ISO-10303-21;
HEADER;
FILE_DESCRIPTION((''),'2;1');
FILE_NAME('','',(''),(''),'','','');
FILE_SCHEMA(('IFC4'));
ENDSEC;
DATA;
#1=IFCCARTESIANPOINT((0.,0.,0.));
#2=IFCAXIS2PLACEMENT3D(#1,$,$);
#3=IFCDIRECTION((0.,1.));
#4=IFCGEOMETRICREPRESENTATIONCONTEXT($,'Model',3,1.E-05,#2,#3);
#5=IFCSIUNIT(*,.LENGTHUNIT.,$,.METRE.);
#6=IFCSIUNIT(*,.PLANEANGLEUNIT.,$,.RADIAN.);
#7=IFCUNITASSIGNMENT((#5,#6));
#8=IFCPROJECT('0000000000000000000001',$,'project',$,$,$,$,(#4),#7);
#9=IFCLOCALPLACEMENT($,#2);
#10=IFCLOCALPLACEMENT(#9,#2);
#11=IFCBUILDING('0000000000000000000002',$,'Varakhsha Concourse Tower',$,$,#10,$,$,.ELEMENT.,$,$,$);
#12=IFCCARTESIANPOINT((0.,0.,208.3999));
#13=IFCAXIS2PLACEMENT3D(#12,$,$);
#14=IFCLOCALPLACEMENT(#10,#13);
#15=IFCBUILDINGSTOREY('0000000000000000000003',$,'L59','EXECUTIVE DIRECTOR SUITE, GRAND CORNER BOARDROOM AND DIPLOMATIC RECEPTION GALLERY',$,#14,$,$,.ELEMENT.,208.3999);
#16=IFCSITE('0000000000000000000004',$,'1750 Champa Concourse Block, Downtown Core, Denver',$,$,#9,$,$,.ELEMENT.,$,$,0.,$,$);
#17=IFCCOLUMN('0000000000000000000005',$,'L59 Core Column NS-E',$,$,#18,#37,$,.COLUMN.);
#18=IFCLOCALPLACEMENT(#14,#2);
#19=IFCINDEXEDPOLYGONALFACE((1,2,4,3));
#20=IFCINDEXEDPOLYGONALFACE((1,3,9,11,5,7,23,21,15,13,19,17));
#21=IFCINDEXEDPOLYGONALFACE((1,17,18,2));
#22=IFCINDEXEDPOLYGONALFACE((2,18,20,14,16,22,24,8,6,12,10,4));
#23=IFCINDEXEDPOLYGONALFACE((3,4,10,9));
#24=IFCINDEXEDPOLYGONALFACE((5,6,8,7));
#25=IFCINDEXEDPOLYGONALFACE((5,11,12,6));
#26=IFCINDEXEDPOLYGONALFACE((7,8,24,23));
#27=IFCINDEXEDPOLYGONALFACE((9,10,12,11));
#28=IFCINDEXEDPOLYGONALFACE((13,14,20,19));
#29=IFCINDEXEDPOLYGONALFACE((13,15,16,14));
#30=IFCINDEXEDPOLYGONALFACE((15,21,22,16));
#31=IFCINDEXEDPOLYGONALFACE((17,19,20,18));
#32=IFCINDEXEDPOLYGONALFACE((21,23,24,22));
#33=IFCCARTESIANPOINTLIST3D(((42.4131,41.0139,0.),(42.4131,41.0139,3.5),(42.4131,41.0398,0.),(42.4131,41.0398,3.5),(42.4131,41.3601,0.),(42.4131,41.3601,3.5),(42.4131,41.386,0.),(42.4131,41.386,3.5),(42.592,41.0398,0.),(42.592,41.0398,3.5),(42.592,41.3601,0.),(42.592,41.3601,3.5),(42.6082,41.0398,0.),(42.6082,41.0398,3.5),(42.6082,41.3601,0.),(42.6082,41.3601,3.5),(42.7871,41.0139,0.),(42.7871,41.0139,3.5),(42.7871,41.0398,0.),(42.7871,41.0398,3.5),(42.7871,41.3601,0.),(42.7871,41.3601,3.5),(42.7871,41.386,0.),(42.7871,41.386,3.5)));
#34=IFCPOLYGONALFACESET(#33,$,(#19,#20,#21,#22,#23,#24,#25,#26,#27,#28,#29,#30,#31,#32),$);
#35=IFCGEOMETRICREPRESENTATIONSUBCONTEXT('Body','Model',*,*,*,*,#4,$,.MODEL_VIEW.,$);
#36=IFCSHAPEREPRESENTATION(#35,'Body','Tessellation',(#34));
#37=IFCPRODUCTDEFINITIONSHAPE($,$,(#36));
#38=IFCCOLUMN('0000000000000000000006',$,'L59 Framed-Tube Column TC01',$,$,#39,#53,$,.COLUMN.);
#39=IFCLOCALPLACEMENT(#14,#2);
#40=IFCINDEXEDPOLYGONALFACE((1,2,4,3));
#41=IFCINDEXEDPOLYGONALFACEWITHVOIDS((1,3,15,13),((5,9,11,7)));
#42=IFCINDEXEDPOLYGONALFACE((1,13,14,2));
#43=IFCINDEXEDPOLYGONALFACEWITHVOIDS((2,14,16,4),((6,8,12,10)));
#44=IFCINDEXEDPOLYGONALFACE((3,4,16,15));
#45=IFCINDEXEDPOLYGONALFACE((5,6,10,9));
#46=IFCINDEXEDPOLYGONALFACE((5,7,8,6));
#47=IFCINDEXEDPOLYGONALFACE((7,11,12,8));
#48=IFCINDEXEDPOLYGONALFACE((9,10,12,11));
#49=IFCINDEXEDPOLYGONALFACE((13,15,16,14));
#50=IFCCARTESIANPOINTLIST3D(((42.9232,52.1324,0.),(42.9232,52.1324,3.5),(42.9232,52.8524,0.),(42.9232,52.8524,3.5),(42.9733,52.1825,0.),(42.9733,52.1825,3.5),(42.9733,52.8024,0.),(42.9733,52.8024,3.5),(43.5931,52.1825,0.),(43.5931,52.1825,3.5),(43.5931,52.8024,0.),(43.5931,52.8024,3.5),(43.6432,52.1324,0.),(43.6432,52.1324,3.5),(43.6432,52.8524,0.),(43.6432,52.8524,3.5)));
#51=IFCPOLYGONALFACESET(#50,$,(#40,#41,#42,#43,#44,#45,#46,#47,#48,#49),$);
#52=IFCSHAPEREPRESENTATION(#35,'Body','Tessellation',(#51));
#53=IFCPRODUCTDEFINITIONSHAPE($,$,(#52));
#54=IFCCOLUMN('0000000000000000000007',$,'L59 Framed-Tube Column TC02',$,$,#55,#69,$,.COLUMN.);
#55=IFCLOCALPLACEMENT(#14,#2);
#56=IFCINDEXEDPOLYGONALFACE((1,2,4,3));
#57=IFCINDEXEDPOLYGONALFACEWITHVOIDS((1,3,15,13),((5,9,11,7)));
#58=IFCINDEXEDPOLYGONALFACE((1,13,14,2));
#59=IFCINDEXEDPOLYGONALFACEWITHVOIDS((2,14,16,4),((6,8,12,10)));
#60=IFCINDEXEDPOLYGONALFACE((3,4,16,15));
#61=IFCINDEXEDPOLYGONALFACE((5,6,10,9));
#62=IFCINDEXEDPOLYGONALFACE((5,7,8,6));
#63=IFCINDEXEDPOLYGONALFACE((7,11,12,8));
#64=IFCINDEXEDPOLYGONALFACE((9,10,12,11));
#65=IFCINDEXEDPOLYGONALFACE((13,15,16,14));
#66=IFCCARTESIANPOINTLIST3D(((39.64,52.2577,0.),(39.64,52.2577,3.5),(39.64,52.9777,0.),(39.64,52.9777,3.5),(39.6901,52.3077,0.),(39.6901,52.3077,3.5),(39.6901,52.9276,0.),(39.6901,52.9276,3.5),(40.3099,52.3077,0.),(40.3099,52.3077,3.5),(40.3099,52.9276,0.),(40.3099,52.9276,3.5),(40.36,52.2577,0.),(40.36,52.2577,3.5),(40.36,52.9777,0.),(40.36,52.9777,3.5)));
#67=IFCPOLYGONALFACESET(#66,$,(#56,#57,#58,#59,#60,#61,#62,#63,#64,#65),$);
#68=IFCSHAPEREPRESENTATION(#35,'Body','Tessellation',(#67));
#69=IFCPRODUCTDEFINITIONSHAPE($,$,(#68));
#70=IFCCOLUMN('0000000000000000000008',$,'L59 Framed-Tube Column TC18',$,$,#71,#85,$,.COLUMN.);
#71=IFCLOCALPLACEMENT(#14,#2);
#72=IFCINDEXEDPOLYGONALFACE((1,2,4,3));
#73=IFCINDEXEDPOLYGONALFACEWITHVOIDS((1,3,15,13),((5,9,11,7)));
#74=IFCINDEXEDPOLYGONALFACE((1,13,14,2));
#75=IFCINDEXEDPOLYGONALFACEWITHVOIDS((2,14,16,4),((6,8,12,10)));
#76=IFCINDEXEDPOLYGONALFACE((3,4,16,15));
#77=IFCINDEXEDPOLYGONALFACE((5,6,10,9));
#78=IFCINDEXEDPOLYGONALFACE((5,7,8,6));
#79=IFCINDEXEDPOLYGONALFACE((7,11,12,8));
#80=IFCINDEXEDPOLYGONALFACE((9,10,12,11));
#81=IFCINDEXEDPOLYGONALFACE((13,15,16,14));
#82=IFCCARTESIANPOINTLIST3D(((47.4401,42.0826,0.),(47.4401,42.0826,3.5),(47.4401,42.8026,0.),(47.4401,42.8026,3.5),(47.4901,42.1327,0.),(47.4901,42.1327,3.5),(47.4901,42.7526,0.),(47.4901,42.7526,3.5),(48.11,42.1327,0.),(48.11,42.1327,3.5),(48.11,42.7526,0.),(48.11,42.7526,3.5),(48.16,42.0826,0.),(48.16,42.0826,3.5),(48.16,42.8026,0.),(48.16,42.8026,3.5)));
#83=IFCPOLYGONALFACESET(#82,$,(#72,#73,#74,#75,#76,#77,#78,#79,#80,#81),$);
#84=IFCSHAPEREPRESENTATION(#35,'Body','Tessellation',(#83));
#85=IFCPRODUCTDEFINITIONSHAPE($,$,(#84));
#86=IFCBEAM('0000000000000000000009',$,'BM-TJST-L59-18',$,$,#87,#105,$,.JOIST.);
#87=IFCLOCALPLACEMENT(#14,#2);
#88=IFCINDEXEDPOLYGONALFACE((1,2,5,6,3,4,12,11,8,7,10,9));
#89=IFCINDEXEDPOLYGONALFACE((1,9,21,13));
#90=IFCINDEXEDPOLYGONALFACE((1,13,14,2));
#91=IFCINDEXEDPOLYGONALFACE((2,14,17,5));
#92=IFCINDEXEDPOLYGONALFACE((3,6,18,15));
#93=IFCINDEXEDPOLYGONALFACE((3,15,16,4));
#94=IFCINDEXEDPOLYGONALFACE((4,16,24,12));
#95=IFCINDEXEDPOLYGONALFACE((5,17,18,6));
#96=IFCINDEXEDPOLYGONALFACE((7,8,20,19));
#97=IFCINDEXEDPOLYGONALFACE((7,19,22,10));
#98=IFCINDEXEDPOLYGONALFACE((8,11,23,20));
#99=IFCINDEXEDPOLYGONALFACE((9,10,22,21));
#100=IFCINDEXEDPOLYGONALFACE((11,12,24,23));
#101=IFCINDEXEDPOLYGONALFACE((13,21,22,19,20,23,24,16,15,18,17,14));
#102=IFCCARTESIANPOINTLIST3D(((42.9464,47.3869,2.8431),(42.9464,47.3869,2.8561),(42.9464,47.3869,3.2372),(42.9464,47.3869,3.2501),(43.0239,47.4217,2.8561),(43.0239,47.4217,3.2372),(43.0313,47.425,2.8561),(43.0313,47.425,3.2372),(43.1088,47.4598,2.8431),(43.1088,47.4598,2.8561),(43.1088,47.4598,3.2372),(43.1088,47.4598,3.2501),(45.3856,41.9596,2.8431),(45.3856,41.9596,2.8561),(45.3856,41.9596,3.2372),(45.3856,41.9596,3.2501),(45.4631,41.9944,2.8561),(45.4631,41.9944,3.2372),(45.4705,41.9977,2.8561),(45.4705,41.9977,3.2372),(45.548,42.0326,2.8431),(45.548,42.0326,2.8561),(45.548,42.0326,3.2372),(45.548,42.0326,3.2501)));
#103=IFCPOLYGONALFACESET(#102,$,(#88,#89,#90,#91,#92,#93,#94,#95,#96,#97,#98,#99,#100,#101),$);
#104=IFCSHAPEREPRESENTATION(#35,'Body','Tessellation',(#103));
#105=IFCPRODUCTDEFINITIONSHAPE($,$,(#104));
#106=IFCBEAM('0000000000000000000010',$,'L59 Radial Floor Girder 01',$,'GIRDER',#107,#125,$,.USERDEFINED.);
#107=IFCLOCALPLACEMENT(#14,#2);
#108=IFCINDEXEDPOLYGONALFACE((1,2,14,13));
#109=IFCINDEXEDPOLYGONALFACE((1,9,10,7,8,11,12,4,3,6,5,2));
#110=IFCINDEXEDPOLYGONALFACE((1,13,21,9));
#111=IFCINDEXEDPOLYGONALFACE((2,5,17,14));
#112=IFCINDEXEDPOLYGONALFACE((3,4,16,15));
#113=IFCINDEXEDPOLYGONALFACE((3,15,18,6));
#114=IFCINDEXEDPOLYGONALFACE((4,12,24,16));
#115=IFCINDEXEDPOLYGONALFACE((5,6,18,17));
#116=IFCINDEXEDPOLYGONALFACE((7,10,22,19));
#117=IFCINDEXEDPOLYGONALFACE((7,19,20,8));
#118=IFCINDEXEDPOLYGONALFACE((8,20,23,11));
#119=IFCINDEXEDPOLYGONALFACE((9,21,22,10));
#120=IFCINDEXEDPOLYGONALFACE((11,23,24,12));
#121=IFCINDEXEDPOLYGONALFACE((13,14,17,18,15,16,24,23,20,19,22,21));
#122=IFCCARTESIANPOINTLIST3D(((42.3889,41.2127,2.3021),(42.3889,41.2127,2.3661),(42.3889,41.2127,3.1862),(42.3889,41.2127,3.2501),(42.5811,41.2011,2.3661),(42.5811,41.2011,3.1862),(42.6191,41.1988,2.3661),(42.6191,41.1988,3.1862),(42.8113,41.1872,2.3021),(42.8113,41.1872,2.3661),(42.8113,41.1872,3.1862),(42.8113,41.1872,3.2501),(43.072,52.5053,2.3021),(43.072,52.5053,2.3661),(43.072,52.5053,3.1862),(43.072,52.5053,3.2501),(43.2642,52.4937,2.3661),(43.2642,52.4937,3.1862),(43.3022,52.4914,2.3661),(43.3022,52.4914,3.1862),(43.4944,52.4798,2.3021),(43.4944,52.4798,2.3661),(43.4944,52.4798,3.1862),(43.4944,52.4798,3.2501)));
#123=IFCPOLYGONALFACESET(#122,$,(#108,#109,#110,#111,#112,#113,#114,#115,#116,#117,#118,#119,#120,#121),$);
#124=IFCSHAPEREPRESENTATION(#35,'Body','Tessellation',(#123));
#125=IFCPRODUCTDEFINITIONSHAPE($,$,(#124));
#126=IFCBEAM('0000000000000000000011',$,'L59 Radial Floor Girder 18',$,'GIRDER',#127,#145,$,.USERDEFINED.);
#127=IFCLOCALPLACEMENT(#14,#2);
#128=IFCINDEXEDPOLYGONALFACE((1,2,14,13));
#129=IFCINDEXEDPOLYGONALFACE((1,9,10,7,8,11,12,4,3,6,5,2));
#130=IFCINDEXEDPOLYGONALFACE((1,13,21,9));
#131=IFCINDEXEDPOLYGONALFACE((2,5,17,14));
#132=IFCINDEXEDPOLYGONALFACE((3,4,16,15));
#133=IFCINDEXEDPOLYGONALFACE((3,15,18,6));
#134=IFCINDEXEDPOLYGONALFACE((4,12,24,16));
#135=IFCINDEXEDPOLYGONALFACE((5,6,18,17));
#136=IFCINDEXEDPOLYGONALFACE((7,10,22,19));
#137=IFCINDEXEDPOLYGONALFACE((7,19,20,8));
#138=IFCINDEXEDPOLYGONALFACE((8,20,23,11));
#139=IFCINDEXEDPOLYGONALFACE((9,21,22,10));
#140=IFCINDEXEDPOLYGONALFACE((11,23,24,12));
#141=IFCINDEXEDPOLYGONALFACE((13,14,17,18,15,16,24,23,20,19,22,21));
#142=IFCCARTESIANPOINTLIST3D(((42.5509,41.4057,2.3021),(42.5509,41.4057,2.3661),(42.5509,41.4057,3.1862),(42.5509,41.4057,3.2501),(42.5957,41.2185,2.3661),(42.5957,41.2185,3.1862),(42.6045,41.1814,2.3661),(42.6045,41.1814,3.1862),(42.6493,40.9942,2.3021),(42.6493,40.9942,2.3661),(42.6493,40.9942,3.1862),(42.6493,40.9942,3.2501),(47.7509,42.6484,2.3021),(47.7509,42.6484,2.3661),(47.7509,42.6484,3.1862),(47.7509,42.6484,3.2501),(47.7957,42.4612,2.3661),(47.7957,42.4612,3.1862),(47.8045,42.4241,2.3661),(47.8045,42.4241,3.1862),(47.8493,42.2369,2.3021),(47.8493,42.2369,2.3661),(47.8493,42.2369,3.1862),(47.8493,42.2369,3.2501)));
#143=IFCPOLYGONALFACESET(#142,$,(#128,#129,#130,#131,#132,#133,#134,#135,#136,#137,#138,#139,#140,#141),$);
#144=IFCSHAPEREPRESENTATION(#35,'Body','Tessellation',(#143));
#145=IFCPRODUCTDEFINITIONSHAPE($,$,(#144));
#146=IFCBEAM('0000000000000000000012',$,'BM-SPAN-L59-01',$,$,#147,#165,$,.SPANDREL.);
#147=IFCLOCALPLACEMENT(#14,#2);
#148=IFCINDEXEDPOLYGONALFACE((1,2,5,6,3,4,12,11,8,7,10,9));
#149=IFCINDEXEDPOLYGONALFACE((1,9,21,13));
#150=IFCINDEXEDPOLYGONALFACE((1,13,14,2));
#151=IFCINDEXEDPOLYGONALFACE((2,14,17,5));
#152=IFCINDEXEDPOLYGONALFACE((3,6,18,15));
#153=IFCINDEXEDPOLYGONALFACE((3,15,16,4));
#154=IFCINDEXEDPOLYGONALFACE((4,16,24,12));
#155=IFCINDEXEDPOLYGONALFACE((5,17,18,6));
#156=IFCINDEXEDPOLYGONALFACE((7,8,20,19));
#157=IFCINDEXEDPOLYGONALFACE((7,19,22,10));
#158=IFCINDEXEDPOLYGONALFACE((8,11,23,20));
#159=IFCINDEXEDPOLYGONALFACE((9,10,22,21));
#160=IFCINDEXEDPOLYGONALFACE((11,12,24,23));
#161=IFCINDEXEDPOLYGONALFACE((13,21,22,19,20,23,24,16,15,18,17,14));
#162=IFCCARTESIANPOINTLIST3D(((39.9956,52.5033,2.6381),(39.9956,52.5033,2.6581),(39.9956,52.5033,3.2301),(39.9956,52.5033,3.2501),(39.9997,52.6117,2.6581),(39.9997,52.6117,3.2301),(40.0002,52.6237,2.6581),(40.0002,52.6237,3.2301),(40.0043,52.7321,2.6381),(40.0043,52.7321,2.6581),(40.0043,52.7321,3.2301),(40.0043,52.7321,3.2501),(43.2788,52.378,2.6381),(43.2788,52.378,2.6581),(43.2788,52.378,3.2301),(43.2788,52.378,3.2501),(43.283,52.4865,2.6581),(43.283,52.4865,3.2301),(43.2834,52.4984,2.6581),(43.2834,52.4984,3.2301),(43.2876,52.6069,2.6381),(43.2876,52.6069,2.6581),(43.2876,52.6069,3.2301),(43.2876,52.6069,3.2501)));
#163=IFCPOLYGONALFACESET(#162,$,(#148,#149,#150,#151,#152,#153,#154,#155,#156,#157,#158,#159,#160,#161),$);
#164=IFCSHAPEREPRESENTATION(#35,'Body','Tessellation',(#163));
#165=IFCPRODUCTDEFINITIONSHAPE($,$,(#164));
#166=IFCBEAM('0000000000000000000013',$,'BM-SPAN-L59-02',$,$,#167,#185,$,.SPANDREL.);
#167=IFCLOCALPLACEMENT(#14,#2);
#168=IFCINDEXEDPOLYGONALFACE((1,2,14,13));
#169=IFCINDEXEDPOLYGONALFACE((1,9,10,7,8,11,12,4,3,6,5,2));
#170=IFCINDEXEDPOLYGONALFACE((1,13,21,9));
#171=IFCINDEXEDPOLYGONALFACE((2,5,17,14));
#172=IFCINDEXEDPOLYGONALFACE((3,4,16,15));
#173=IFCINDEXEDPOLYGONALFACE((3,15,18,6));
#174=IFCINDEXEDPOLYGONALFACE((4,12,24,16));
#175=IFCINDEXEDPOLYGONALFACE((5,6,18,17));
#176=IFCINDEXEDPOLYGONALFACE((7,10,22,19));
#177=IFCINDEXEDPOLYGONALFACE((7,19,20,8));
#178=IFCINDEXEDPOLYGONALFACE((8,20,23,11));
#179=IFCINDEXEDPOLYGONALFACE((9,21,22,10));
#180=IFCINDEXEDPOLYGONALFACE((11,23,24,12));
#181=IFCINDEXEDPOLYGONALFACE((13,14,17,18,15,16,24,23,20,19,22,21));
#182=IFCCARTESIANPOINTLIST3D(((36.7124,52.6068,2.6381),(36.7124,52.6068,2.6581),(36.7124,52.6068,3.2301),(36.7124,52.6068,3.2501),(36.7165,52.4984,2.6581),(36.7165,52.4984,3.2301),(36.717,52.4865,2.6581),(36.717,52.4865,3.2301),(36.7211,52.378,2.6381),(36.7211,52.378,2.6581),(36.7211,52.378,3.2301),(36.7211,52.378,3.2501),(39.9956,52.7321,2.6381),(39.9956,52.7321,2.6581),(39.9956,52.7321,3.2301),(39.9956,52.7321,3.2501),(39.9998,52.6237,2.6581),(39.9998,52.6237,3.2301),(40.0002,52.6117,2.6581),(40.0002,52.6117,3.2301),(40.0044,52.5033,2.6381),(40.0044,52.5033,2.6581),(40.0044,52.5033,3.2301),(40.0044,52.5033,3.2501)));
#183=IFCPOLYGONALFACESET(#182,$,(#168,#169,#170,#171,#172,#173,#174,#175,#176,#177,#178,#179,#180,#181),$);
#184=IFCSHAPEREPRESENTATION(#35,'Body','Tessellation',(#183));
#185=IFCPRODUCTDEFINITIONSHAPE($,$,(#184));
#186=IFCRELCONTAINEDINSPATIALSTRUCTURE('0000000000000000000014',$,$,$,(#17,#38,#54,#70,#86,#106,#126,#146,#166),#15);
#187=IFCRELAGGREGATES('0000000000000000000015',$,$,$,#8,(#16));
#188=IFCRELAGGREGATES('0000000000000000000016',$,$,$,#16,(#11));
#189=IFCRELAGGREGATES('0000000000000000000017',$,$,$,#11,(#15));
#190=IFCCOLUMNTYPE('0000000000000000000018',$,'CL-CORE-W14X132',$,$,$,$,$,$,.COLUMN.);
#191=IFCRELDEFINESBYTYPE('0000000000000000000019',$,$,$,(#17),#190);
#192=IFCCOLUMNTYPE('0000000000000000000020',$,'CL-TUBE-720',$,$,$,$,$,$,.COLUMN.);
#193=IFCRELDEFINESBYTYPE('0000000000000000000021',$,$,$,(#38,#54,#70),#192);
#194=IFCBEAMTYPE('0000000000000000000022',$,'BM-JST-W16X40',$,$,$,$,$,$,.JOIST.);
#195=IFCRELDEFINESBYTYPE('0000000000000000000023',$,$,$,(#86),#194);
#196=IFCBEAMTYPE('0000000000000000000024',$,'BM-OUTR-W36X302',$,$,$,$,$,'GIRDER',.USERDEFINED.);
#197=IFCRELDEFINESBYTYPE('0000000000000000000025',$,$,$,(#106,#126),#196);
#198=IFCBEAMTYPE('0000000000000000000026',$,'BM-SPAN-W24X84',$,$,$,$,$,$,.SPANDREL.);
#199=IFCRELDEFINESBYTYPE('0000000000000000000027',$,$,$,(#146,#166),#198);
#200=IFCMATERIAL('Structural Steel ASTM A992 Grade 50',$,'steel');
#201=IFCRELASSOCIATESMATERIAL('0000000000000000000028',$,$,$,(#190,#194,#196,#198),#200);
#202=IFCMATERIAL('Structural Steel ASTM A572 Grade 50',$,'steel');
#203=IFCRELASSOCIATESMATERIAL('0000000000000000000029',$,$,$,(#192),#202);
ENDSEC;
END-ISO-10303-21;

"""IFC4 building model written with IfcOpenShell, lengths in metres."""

from ifc_helpers import new_model, si_unit, direction, frame, origin, origin_2d, place, context, subcontext, project, spatial, hollow_rectangle, i_section, extrude, material, material_profile, profile_set, type_object, element, save


model = new_model("IFC4")

# Units and contexts
model_context = context("Model", 3, precision=1e-05, world=origin(), true_north=direction((0.0, 1.0)))
body_context = subcontext(model_context, "Body", "Model", "MODEL_VIEW")
ifc_project = project(units=[si_unit("LENGTHUNIT", "METRE"), si_unit("PLANEANGLEUNIT", "RADIAN")], contexts=[model_context])

# Site, building, storey
site_placement = place(None, origin())
site = spatial("IfcSite", under=ifc_project, at=site_placement, Name="1750 Champa Concourse Block, Downtown Core, Denver", CompositionType="ELEMENT", RefElevation=0.0)
building_placement = place(site_placement, origin())
building = spatial("IfcBuilding", under=site, at=building_placement, Name="Varakhsha Concourse Tower", CompositionType="ELEMENT")
storey_placement = place(building_placement, frame((0.0, 0.0, 208.3999)))
storey = spatial("IfcBuildingStorey", under=building, at=storey_placement, Name="L59", Description="EXECUTIVE DIRECTOR SUITE, GRAND CORNER BOARDROOM AND DIPLOMATIC RECEPTION GALLERY", CompositionType="ELEMENT", Elevation=208.3999)

# Columns
ifc_material_1 = material(Name="Structural Steel ASTM A992 Grade 50", Category="steel")
ifc_material_profile_1 = material_profile(ifc_material_1, i_section(OverallWidth=0.374, OverallDepth=0.3721, WebThickness=0.0161, FlangeThickness=0.0259, at=origin_2d()), Name="W14X132")
ifc_profile_set_1 = profile_set([ifc_material_profile_1], Name="Structural Steel ASTM A992 Grade 50")
column_type_1 = type_object("IfcColumnType", Name="CL-CORE-W14X132", PredefinedType="COLUMN", material=ifc_profile_set_1)
column_placement = place(storey_placement, frame((42.6001, 41.2, 0.0), z_axis=(0.0, 0.0, 1.0), x_axis=(1.0, 0.0, 0.0)))
element("IfcColumn", 1, at=column_placement, inside=storey, type_object=column_type_1, Name="L59 Core Column NS-E", PredefinedType="COLUMN", context=body_context, shape_type="SweptSolid", body=[
    extrude(i_section(OverallWidth=0.374, OverallDepth=0.3721, WebThickness=0.0161, FlangeThickness=0.0259, at=origin_2d()), origin(), (0.0, 0.0, 1.0), 3.5),
])
ifc_material_2 = material(Name="Structural Steel ASTM A572 Grade 50", Category="steel")
ifc_material_profile_2 = material_profile(ifc_material_2, hollow_rectangle(XDim=0.72, YDim=0.72, WallThickness=0.05, at=origin_2d()), Name="BOX 720x720x50")
ifc_profile_set_2 = profile_set([ifc_material_profile_2], Name="Structural Steel ASTM A572 Grade 50")
column_type_2 = type_object("IfcColumnType", Name="CL-TUBE-720", PredefinedType="COLUMN", material=ifc_profile_set_2)
for number, where, z_axis, x_axis, name in (
    (2, (43.2832, 52.4924, 0.0), (0.0, 0.0, 1.0), (1.0, 0.0, 0.0), "L59 Framed-Tube Column TC01"),
    (3, (40.0, 52.6177, 0.0), (0.0, 0.0, 1.0), (1.0, 0.0, 0.0), "L59 Framed-Tube Column TC02"),
    (4, (47.8, 42.4426, 0.0), (0.0, 0.0, 1.0), (1.0, 0.0, 0.0), "L59 Framed-Tube Column TC18"),
):
    element("IfcColumn", number, at=place(storey_placement, frame(where, z_axis=z_axis, x_axis=x_axis)), inside=storey, type_object=column_type_2, Name=name, PredefinedType="COLUMN", context=body_context, shape_type="SweptSolid", body=[
        extrude(hollow_rectangle(XDim=0.72, YDim=0.72, WallThickness=0.05, at=origin_2d()), origin(), (0.0, 0.0, 1.0), 3.5),
    ])

# Beams
ifc_material_profile_3 = material_profile(ifc_material_1, i_section(OverallWidth=0.178, OverallDepth=0.407, WebThickness=0.0081, FlangeThickness=0.0129, at=origin_2d()), Name="W16X40")
ifc_profile_set_3 = profile_set([ifc_material_profile_3], Name="Structural Steel ASTM A992 Grade 50")
beam_type_1 = type_object("IfcBeamType", Name="BM-JST-W16X40", PredefinedType="JOIST", material=ifc_profile_set_3)
beam_1_placement = place(storey_placement, frame((45.4668, 41.9961, 3.0466), z_axis=(-0.409938, 0.912113, 0.0), x_axis=(-0.912113, -0.409938, 0.0)))
element("IfcBeam", 5, at=beam_1_placement, inside=storey, type_object=beam_type_1, Name="BM-TJST-L59-18", PredefinedType="JOIST", context=body_context, shape_type="SweptSolid", body=[
    extrude(i_section(OverallWidth=0.178, OverallDepth=0.407, WebThickness=0.0081, FlangeThickness=0.0129, at=origin_2d()), origin(), (0.0, 0.0, 1.0), 5.9502),
])
ifc_material_profile_4 = material_profile(ifc_material_1, i_section(OverallWidth=0.4231, OverallDepth=0.948, WebThickness=0.0381, FlangeThickness=0.064, at=origin_2d()), Name="W36X302")
ifc_profile_set_4 = profile_set([ifc_material_profile_4], Name="Structural Steel ASTM A992 Grade 50")
beam_type_2 = type_object("IfcBeamType", Name="BM-OUTR-W36X302", ElementType="GIRDER", PredefinedType="USERDEFINED", material=ifc_profile_set_4)
beam_2_placement = place(storey_placement, frame((42.6001, 41.2, 2.7761), z_axis=(0.060382, 0.998175, 0.0), x_axis=(-0.998175, 0.060382, 0.0)))
element("IfcBeam", 6, at=beam_2_placement, inside=storey, type_object=beam_type_2, Name="L59 Radial Floor Girder 01", ObjectType="GIRDER", PredefinedType="USERDEFINED", context=body_context, shape_type="SweptSolid", body=[
    extrude(i_section(OverallWidth=0.4231, OverallDepth=0.948, WebThickness=0.0381, FlangeThickness=0.064, at=origin_2d()), origin(), (0.0, 0.0, 1.0), 11.3132),
])
beam_3_placement = place(storey_placement, frame((42.6001, 41.2, 2.7761), z_axis=(0.972612, 0.232433, 0.0), x_axis=(-0.232433, 0.972612, 0.0)))
element("IfcBeam", 7, at=beam_3_placement, inside=storey, type_object=beam_type_2, Name="L59 Radial Floor Girder 18", ObjectType="GIRDER", PredefinedType="USERDEFINED", context=body_context, shape_type="SweptSolid", body=[
    extrude(i_section(OverallWidth=0.4231, OverallDepth=0.948, WebThickness=0.0381, FlangeThickness=0.064, at=origin_2d()), origin(), (0.0, 0.0, 1.0), 5.3464),
])
ifc_material_profile_5 = material_profile(ifc_material_1, i_section(OverallWidth=0.229, OverallDepth=0.6121, WebThickness=0.012, FlangeThickness=0.02, at=origin_2d()), Name="W24X84")
ifc_profile_set_5 = profile_set([ifc_material_profile_5], Name="Structural Steel ASTM A992 Grade 50")
beam_type_3 = type_object("IfcBeamType", Name="BM-SPAN-W24X84", PredefinedType="SPANDREL", material=ifc_profile_set_5)
for number, where, z_axis, x_axis, name in (
    (8, (43.2832, 52.4924, 2.9441), (-0.999273, 0.038119, 0.0), (-0.038119, -0.999273, 0.0), "BM-SPAN-L59-01"),
    (9, (40.0, 52.6177, 2.9441), (-0.999273, -0.038119, 0.0), (0.038119, -0.999273, 0.0), "BM-SPAN-L59-02"),
):
    element("IfcBeam", number, at=place(storey_placement, frame(where, z_axis=z_axis, x_axis=x_axis)), inside=storey, type_object=beam_type_3, Name=name, PredefinedType="SPANDREL", context=body_context, shape_type="SweptSolid", body=[
        extrude(i_section(OverallWidth=0.229, OverallDepth=0.6121, WebThickness=0.012, FlangeThickness=0.02, at=origin_2d()), origin(), (0.0, 0.0, 1.0), 3.2856),
    ])

save(model, "model.ifc")
